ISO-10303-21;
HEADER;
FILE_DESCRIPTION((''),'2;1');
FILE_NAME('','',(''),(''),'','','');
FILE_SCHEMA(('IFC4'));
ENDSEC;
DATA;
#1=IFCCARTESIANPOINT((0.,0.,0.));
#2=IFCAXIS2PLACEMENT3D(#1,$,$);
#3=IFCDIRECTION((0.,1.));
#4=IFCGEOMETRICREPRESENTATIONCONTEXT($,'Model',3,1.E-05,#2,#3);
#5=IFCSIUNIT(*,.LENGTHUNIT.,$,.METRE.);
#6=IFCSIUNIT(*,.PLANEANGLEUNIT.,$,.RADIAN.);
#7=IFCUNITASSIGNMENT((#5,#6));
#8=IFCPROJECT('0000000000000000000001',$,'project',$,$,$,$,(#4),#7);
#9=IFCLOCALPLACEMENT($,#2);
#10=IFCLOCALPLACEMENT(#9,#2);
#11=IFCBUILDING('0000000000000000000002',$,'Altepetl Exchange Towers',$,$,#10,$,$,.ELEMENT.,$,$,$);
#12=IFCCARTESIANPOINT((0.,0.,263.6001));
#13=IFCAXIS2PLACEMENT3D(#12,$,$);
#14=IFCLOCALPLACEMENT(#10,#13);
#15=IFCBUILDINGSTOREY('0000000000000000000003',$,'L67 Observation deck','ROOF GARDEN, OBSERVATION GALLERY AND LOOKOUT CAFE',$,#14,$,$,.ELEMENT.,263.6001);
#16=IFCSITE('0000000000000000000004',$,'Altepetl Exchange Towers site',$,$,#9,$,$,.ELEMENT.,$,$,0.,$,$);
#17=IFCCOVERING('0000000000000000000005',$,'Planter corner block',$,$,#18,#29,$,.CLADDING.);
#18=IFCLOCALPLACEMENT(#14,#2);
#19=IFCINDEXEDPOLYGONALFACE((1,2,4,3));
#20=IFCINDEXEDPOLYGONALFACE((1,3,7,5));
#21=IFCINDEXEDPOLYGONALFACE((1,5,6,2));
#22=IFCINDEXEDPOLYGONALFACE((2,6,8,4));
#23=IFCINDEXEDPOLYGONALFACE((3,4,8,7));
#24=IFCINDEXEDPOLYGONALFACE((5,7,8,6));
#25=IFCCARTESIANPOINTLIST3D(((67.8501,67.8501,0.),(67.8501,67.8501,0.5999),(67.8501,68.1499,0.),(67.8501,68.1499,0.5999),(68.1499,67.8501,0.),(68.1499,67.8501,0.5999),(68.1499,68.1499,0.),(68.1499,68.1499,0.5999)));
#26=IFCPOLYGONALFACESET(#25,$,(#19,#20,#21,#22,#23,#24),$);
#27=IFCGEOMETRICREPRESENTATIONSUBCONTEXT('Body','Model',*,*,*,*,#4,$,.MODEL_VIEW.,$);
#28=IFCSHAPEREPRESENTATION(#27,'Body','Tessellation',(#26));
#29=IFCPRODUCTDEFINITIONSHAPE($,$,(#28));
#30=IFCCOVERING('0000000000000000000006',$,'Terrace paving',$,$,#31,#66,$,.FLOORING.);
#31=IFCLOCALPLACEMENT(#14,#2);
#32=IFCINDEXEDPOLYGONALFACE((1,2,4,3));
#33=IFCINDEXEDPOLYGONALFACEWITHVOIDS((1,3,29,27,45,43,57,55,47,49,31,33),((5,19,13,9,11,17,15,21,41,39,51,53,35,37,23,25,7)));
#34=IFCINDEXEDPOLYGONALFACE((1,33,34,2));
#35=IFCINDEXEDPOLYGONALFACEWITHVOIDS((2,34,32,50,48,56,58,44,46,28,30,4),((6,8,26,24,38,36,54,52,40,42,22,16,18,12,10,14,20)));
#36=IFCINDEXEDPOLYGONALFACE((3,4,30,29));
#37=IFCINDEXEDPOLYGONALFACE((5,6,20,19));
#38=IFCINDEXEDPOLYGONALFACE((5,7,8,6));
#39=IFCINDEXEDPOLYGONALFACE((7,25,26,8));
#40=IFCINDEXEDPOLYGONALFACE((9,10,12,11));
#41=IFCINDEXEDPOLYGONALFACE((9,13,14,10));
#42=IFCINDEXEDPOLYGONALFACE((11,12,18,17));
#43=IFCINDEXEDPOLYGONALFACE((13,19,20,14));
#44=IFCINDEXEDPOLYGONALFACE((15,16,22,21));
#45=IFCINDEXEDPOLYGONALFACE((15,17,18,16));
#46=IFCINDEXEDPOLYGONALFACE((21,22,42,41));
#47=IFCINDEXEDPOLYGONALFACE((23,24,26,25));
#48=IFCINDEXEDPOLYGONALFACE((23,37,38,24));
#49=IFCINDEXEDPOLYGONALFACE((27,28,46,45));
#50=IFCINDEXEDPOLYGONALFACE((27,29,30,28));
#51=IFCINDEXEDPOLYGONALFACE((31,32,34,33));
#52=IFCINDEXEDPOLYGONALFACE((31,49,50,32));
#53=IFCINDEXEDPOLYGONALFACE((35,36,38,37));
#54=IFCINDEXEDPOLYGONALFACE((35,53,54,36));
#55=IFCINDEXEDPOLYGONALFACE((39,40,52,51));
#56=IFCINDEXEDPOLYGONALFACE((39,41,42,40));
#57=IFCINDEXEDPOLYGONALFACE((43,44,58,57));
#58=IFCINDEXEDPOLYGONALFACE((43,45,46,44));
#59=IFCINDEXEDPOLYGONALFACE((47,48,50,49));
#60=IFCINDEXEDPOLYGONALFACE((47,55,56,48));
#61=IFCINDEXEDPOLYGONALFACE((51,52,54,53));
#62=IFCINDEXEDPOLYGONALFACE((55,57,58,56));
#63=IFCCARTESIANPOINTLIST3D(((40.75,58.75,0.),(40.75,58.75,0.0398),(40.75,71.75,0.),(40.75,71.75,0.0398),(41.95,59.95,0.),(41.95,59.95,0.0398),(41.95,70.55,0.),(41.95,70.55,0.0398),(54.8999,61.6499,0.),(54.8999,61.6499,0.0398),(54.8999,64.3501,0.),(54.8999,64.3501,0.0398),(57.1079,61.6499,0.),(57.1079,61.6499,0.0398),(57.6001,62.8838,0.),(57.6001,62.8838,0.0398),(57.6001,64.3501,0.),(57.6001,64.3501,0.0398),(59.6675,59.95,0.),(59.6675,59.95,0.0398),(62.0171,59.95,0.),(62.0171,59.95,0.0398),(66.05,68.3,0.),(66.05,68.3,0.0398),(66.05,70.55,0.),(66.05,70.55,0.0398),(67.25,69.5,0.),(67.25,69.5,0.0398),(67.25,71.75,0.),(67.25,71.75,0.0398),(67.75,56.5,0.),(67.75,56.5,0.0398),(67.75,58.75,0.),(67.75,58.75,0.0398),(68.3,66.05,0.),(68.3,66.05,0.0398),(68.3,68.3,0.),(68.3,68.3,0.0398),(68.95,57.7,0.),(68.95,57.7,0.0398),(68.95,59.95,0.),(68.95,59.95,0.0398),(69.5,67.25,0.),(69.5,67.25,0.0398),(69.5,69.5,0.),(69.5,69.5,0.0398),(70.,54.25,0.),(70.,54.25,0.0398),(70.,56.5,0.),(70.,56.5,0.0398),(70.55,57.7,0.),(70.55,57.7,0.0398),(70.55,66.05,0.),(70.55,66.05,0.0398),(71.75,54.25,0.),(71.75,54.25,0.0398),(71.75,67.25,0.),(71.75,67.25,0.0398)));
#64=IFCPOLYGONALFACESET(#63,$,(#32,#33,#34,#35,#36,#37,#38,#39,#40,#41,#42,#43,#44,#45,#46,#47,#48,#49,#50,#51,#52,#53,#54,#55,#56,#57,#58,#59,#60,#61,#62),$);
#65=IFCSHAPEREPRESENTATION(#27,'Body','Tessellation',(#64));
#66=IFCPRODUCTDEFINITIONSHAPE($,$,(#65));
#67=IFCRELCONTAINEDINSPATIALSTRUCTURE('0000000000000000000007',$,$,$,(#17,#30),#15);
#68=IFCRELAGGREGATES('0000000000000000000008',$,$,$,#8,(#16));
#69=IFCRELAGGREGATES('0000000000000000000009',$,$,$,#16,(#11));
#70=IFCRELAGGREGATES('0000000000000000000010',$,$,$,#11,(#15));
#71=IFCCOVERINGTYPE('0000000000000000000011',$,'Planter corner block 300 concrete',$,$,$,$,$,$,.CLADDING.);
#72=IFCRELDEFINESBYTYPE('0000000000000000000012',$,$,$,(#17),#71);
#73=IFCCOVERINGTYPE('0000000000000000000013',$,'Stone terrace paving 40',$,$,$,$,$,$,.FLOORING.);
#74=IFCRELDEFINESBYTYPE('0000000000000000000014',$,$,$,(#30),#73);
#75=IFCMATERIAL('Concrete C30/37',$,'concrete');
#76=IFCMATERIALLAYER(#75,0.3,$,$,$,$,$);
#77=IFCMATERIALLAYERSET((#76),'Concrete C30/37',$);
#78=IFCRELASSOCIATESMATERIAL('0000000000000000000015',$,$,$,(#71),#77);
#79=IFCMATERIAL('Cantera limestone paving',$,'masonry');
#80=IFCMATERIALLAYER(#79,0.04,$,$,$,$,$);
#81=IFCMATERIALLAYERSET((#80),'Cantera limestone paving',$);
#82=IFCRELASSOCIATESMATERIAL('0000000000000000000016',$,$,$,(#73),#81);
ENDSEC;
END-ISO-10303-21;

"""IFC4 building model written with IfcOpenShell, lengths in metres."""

from ifc_helpers import new_model, si_unit, direction, frame, origin, place, context, subcontext, project, spatial, polyline, outline, extrude, material, layer, layer_set, type_object, element, save


model = new_model("IFC4")

# Units and contexts
model_context = context("Model", 3, precision=1e-05, world=origin(), true_north=direction((0.0, 1.0)))
body_context = subcontext(model_context, "Body", "Model", "MODEL_VIEW")
ifc_project = project(units=[si_unit("LENGTHUNIT", "METRE"), si_unit("PLANEANGLEUNIT", "RADIAN")], contexts=[model_context])

# Site, building, storey
site_placement = place(None, origin())
site = spatial("IfcSite", under=ifc_project, at=site_placement, Name="Altepetl Exchange Towers site", CompositionType="ELEMENT", RefElevation=0.0)
building_placement = place(site_placement, origin())
building = spatial("IfcBuilding", under=site, at=building_placement, Name="Altepetl Exchange Towers", CompositionType="ELEMENT")
storey_placement = place(building_placement, frame((0.0, 0.0, 263.6001)))
storey = spatial("IfcBuildingStorey", under=building, at=storey_placement, Name="L67 Observation deck", Description="ROOF GARDEN, OBSERVATION GALLERY AND LOOKOUT CAFE", CompositionType="ELEMENT", Elevation=263.6001)

# Coverings
ifc_material_1 = material(Name="Concrete C30/37", Category="concrete")
ifc_layer_1 = layer(ifc_material_1, 0.3)
ifc_layer_set_1 = layer_set([ifc_layer_1], Name="Concrete C30/37")
covering_type_1 = type_object("IfcCoveringType", Name="Planter corner block 300 concrete", PredefinedType="CLADDING", material=ifc_layer_set_1)
covering_1_placement = place(storey_placement, origin())
element("IfcCovering", 1, at=covering_1_placement, inside=storey, type_object=covering_type_1, Name="Planter corner block", PredefinedType="CLADDING", context=body_context, shape_type="SweptSolid", body=[
    extrude(outline(polyline([(67.8501, 67.8501), (68.1499, 67.8501), (68.1499, 68.1499), (67.8501, 68.1499), (67.8501, 67.8501)])), origin(), (0.0, 0.0, 1.0), 0.5999),
])
ifc_material_2 = material(Name="Cantera limestone paving", Category="masonry")
ifc_layer_2 = layer(ifc_material_2, 0.04)
ifc_layer_set_2 = layer_set([ifc_layer_2], Name="Cantera limestone paving")
covering_type_2 = type_object("IfcCoveringType", Name="Stone terrace paving 40", PredefinedType="FLOORING", material=ifc_layer_set_2)
covering_2_placement = place(storey_placement, origin())
element("IfcCovering", 2, at=covering_2_placement, inside=storey, type_object=covering_type_2, Name="Terrace paving", PredefinedType="FLOORING", context=body_context, shape_type="SweptSolid", body=[
    extrude(outline(polyline([(67.25, 69.5), (67.25, 71.75), (40.75, 71.75), (40.75, 58.75), (67.75, 58.75), (67.75, 56.5), (70.0, 56.5), (70.0, 54.25), (71.75, 54.25), (71.75, 67.25), (69.5, 67.25), (69.5, 69.5), (67.25, 69.5)]), holes=[polyline([(41.95, 70.55), (41.95, 59.95), (59.6675, 59.95), (57.1079, 61.6499), (54.8999, 61.6499), (54.8999, 64.3501), (57.6001, 64.3501), (57.6001, 62.8838), (62.0171, 59.95), (68.95, 59.95), (68.95, 57.7), (70.55, 57.7), (70.55, 66.05), (68.3, 66.05), (68.3, 68.3), (66.05, 68.3), (66.05, 70.55), (41.95, 70.55)])]), origin(), (0.0, 0.0, 1.0), 0.0398),
])

save(model, "model.ifc")
